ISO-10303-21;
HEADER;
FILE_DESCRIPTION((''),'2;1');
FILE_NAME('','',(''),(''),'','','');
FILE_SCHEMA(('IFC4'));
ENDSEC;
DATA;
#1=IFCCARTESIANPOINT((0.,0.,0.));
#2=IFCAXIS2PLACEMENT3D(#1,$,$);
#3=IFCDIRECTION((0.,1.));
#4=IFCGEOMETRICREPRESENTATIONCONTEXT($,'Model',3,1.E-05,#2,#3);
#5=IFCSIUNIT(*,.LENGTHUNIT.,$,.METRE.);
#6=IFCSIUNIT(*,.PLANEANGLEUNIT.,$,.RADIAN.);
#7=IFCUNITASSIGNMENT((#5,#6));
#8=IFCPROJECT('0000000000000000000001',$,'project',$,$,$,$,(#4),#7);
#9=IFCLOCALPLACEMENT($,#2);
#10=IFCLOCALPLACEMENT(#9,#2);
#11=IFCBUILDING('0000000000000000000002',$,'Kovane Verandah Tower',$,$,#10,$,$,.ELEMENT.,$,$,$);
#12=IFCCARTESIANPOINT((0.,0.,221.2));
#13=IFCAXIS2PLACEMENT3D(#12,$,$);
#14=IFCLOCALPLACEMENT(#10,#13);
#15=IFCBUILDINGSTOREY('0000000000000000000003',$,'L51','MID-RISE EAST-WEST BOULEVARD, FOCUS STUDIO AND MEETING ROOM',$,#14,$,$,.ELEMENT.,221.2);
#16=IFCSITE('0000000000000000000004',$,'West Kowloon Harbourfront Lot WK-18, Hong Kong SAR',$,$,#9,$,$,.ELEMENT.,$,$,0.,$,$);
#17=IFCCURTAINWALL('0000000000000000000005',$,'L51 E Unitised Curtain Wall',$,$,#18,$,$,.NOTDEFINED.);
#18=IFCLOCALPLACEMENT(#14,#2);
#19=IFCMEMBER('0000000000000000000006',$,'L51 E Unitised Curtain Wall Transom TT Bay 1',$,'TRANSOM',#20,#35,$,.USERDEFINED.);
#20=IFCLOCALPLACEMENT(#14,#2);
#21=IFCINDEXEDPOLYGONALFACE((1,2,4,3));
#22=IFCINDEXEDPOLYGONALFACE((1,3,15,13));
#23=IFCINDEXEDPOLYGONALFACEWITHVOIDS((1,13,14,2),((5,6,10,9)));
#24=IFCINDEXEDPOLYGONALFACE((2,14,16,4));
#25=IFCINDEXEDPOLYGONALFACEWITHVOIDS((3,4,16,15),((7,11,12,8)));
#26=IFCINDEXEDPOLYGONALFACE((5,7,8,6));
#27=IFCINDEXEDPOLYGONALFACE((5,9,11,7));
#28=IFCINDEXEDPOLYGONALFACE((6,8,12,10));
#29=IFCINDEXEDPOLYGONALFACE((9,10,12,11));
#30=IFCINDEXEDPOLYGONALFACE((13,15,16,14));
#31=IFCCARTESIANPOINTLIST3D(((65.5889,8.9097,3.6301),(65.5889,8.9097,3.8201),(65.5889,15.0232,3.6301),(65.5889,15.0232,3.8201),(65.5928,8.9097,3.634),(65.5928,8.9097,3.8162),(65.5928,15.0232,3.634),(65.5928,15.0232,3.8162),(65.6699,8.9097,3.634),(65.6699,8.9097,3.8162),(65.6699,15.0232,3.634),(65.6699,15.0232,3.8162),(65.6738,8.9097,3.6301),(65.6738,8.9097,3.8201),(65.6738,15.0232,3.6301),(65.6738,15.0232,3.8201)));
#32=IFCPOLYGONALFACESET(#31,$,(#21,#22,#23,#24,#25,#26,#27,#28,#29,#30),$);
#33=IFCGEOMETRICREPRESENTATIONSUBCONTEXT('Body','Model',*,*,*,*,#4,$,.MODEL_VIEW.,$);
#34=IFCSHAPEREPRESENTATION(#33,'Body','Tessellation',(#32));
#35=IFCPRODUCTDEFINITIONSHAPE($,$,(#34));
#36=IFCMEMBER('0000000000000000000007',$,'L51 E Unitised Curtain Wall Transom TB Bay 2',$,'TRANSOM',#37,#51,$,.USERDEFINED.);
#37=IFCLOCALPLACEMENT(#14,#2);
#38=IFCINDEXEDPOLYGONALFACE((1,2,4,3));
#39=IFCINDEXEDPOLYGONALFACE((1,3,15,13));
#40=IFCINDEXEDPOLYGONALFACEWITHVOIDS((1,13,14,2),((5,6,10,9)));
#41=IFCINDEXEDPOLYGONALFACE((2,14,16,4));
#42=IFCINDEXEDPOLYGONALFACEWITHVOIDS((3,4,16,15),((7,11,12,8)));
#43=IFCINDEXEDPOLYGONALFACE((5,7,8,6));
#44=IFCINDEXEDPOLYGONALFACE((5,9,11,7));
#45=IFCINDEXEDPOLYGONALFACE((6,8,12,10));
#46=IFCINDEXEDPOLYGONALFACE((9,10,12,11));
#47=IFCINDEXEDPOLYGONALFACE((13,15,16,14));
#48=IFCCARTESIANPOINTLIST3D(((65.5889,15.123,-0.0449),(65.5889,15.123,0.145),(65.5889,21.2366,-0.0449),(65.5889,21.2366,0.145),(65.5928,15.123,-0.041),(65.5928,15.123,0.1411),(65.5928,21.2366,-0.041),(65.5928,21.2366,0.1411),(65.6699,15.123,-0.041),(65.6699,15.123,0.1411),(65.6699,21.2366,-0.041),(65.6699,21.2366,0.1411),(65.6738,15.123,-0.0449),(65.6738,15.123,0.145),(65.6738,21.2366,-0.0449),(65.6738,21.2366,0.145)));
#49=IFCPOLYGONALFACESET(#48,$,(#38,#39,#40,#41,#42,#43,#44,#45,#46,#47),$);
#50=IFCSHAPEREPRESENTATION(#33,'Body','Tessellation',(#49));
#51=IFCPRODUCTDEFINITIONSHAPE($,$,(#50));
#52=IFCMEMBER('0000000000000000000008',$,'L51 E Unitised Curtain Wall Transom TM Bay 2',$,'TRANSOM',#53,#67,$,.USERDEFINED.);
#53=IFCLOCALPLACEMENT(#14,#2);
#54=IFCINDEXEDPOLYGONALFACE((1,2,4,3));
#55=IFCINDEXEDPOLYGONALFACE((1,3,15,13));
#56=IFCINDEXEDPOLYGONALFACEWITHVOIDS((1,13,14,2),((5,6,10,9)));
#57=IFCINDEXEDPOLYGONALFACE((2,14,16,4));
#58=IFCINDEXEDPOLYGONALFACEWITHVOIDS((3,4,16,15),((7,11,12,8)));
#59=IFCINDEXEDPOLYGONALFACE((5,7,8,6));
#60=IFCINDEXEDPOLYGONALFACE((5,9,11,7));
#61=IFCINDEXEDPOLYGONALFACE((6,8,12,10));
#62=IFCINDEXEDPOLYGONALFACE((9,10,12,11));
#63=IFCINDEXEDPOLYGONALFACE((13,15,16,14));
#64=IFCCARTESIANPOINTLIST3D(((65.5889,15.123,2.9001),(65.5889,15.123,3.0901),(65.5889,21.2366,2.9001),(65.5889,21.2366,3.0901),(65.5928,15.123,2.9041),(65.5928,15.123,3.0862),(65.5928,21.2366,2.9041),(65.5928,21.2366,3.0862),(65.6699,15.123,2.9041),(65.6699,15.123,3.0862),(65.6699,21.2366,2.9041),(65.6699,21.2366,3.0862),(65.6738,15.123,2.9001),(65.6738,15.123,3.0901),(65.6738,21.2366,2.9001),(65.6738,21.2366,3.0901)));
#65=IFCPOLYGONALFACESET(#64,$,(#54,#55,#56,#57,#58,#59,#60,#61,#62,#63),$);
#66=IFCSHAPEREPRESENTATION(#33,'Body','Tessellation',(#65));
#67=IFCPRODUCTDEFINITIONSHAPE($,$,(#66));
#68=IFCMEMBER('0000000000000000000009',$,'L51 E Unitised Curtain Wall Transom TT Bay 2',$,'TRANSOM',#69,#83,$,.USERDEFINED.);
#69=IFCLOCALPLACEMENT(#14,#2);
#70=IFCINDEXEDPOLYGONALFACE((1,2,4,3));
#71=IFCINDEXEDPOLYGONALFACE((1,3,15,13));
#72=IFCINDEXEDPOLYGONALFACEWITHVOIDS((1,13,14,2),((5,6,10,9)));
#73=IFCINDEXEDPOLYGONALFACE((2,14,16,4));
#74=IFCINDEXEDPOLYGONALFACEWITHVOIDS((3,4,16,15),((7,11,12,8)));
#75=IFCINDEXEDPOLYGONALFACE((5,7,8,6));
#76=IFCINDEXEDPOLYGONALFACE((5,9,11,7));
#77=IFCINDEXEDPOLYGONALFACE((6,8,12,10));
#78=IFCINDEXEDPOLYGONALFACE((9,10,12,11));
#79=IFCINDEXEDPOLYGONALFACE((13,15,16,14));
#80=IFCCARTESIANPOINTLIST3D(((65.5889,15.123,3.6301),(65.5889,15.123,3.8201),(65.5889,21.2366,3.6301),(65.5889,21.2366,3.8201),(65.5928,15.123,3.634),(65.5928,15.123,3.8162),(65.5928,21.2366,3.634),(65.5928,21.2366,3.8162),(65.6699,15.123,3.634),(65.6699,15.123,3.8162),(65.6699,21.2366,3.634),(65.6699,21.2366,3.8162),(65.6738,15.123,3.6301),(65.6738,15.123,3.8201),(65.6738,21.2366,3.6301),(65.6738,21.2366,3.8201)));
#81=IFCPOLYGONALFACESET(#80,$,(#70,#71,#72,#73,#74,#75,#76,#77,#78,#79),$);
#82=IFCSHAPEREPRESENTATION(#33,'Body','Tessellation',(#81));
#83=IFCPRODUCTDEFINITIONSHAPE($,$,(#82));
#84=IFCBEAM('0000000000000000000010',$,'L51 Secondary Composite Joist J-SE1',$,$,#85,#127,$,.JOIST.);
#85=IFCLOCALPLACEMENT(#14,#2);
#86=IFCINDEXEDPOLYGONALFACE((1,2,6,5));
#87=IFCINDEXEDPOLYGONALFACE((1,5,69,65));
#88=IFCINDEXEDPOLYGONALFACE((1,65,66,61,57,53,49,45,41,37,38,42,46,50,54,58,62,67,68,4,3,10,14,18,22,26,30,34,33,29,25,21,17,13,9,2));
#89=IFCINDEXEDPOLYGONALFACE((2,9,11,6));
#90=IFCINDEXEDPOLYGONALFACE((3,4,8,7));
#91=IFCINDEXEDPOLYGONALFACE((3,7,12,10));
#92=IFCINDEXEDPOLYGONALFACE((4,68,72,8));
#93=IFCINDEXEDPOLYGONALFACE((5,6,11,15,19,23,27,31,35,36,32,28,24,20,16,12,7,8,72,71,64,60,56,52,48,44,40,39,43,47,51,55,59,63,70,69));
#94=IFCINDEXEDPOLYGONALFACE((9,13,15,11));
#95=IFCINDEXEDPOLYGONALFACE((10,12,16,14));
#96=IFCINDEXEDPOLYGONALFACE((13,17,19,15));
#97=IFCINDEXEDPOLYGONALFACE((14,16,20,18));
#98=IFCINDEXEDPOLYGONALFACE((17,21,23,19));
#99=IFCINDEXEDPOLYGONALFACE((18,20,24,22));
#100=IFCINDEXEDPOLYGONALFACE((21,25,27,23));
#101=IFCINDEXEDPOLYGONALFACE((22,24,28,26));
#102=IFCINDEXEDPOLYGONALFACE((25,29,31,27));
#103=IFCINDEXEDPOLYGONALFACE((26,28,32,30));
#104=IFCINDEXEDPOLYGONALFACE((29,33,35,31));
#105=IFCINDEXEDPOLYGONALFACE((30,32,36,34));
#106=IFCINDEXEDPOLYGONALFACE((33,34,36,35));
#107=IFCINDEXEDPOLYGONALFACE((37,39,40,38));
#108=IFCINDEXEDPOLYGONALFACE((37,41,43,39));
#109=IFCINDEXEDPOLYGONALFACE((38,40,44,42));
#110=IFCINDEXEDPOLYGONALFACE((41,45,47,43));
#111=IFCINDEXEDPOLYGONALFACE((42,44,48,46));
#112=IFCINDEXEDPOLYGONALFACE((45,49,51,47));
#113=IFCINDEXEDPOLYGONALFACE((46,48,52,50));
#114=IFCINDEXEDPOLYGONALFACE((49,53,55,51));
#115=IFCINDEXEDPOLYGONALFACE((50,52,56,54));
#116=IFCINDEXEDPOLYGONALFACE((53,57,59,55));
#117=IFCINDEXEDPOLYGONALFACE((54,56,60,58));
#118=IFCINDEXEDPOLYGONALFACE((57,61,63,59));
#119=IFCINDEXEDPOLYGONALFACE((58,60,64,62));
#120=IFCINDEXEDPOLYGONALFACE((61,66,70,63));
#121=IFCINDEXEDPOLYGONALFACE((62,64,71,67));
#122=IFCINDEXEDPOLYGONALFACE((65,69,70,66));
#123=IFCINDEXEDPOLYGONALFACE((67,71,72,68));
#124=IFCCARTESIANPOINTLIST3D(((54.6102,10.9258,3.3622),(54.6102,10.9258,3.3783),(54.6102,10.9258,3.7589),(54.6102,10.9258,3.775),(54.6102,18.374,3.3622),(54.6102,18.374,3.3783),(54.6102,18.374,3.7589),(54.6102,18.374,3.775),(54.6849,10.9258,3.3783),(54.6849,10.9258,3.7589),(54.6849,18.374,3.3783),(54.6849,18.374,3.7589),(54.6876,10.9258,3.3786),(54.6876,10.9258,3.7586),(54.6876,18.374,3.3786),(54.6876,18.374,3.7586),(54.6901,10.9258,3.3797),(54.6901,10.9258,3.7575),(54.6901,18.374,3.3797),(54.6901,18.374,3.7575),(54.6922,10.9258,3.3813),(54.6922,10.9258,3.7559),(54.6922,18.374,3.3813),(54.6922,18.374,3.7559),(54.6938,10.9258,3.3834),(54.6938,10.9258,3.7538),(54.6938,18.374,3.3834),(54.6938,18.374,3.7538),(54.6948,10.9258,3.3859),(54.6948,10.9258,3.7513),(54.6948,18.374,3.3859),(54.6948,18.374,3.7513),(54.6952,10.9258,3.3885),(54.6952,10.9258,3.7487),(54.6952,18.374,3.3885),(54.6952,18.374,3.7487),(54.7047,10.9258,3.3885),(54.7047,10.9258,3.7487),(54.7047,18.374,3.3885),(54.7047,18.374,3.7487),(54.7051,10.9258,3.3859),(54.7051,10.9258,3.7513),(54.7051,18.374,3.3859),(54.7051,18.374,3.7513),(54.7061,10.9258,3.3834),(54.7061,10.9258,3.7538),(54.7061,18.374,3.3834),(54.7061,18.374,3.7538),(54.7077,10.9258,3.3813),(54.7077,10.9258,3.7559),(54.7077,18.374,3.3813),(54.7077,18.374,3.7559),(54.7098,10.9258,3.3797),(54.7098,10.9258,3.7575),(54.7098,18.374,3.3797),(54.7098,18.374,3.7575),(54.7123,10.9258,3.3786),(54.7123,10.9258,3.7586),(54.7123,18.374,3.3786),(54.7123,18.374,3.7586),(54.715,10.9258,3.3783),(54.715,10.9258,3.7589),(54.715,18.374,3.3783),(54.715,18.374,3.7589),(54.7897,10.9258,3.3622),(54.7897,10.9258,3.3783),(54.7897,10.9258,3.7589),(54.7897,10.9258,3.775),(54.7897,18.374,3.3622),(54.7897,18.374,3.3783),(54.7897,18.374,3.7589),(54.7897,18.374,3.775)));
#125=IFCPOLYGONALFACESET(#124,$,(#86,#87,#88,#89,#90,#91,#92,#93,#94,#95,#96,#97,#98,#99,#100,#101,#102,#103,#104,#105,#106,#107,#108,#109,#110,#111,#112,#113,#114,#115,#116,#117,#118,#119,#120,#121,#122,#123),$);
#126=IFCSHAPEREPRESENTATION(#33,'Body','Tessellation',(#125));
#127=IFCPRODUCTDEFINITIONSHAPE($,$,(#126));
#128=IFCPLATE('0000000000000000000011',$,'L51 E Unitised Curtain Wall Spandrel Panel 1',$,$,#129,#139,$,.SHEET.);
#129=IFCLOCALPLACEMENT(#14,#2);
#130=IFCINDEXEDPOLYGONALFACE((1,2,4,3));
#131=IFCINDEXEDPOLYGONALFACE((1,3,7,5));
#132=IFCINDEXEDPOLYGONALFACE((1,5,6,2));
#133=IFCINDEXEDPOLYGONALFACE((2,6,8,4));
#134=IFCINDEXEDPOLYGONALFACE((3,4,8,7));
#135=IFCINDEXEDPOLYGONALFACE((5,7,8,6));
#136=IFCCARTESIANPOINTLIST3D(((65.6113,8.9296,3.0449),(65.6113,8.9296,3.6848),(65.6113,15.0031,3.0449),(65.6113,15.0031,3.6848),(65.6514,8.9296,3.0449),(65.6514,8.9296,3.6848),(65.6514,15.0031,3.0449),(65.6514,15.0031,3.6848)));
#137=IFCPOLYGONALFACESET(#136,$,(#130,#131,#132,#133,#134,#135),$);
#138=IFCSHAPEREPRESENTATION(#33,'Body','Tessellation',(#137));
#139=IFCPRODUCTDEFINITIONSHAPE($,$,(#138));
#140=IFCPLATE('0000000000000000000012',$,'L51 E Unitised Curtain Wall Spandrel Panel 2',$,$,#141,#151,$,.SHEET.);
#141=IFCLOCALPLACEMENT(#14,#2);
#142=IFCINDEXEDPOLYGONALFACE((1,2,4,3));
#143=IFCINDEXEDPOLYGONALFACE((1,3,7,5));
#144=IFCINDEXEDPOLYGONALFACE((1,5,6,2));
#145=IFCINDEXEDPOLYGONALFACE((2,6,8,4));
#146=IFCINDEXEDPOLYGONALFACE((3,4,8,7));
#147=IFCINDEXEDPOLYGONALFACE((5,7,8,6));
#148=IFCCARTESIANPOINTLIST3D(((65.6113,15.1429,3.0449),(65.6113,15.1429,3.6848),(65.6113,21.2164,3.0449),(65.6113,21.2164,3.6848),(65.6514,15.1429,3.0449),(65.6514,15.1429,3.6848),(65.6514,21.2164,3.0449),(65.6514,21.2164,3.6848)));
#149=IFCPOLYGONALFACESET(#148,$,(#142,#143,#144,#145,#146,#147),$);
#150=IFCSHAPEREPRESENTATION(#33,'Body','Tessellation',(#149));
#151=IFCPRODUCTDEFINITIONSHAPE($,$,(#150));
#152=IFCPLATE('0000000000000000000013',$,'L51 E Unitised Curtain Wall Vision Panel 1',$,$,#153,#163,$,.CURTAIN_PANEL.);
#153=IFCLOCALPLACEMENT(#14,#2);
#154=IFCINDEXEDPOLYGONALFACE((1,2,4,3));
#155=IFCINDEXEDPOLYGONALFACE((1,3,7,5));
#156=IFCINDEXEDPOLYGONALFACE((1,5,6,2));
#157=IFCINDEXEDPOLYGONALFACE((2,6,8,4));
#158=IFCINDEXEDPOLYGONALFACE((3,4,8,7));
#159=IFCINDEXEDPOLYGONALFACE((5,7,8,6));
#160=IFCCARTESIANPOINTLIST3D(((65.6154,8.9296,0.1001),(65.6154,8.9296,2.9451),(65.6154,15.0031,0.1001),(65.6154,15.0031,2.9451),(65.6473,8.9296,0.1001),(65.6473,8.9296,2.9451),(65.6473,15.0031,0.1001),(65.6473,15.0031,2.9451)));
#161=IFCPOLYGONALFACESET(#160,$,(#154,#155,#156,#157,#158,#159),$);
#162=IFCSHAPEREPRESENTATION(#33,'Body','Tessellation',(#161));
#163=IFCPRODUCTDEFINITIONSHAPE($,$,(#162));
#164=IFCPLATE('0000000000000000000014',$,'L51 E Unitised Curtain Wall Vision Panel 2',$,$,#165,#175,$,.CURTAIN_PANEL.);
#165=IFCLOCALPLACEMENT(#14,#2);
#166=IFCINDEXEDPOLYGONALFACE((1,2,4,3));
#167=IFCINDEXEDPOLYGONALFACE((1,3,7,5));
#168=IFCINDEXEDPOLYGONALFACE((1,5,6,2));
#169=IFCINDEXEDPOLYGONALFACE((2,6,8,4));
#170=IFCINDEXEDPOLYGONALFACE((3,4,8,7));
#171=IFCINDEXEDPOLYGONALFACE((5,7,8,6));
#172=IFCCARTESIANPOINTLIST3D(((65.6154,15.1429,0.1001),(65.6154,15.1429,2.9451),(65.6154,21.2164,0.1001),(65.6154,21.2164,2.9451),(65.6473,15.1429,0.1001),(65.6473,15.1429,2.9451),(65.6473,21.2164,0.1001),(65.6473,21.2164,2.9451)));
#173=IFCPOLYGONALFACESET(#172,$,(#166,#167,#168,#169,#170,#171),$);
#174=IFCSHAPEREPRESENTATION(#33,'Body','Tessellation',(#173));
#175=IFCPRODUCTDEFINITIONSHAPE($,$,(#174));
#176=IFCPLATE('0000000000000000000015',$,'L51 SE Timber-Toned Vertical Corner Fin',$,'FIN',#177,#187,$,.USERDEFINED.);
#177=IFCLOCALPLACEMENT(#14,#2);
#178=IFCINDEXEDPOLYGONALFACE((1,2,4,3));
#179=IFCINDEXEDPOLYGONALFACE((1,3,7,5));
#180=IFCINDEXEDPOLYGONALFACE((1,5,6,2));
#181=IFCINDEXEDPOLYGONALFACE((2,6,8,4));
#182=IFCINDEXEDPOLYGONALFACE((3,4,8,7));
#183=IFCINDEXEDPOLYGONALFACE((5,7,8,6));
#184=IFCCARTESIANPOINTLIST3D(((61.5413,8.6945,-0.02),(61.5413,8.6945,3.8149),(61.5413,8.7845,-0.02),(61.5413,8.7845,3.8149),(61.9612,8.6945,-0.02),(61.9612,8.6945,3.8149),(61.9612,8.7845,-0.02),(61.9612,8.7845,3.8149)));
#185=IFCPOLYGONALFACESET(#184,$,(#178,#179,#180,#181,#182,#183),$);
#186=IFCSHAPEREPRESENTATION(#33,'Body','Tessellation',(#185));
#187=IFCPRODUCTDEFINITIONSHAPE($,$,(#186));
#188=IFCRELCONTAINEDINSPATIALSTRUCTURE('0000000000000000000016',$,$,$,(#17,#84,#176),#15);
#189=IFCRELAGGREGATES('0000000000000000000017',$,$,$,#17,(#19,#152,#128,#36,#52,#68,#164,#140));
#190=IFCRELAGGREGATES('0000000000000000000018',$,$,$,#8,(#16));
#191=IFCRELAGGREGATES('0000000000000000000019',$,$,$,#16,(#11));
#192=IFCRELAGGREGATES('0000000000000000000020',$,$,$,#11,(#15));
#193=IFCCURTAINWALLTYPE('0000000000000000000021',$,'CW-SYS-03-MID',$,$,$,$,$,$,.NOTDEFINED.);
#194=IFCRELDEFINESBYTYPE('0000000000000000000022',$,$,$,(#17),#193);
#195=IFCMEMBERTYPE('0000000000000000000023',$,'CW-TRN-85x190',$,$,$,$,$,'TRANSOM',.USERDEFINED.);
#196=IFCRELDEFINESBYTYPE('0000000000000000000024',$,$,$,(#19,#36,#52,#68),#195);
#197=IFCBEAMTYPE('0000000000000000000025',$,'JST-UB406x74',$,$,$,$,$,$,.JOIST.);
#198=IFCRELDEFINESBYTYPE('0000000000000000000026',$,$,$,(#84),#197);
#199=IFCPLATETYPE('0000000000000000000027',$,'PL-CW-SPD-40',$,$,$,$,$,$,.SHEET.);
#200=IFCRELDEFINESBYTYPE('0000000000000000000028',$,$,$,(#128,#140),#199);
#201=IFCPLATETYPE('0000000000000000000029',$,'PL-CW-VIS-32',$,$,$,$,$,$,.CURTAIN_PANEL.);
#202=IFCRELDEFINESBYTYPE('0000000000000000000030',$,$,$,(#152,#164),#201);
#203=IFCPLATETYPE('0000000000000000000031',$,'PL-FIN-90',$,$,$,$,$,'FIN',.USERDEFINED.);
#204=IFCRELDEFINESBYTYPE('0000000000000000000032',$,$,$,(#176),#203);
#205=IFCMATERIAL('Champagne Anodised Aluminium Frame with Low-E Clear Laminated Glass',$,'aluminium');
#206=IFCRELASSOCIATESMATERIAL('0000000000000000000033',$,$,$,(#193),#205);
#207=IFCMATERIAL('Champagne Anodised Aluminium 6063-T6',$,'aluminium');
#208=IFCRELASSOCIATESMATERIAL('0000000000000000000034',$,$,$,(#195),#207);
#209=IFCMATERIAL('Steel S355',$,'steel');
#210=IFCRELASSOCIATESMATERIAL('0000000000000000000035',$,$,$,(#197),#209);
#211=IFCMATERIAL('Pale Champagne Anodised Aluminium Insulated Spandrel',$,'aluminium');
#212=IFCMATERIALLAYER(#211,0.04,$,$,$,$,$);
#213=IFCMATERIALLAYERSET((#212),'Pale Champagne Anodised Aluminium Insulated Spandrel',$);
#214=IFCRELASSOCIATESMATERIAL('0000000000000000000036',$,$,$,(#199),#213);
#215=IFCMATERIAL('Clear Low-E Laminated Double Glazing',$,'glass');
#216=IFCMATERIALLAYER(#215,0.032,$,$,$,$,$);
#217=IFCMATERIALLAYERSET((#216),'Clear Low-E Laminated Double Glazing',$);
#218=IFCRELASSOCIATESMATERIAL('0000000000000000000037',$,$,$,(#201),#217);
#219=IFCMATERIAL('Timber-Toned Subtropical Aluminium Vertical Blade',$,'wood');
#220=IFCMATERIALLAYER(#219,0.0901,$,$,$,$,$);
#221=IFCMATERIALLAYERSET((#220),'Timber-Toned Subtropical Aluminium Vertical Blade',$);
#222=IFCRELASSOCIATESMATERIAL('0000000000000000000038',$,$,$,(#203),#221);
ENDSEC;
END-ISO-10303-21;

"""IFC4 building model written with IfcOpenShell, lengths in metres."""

from ifc_helpers import new_model, si_unit, direction, frame, origin, origin_2d, place, context, subcontext, project, spatial, rectangle, hollow_rectangle, i_section, extrude, material, layer, layer_set, material_profile, profile_set, type_object, element, aggregate, save


model = new_model("IFC4")

# Units and contexts
model_context = context("Model", 3, precision=1e-05, world=origin(), true_north=direction((0.0, 1.0)))
body_context = subcontext(model_context, "Body", "Model", "MODEL_VIEW")
ifc_project = project(units=[si_unit("LENGTHUNIT", "METRE"), si_unit("PLANEANGLEUNIT", "RADIAN")], contexts=[model_context])

# Site, building, storey
site_placement = place(None, origin())
site = spatial("IfcSite", under=ifc_project, at=site_placement, Name="West Kowloon Harbourfront Lot WK-18, Hong Kong SAR", CompositionType="ELEMENT", RefElevation=0.0)
building_placement = place(site_placement, origin())
building = spatial("IfcBuilding", under=site, at=building_placement, Name="Kovane Verandah Tower", CompositionType="ELEMENT")
storey_placement = place(building_placement, frame((0.0, 0.0, 221.2)))
storey = spatial("IfcBuildingStorey", under=building, at=storey_placement, Name="L51", Description="MID-RISE EAST-WEST BOULEVARD, FOCUS STUDIO AND MEETING ROOM", CompositionType="ELEMENT", Elevation=221.2)

# Shared definitions
ifc_material_1 = material(Name="Steel S355", Category="steel")

# Curtain wall, members
ifc_material_2 = material(Name="Champagne Anodised Aluminium Frame with Low-E Clear Laminated Glass", Category="aluminium")
curtain_wall_type = type_object("IfcCurtainWallType", Name="CW-SYS-03-MID", PredefinedType="NOTDEFINED", material=ifc_material_2)
curtain_wall_placement = place(storey_placement, origin())
curtain_wall = element("IfcCurtainWall", 1, at=curtain_wall_placement, inside=storey, type_object=curtain_wall_type, Name="L51 E Unitised Curtain Wall", PredefinedType="NOTDEFINED")
ifc_material_3 = material(Name="Champagne Anodised Aluminium 6063-T6", Category="aluminium")
ifc_material_profile_1 = material_profile(ifc_material_3, hollow_rectangle(XDim=0.085, YDim=0.1899, WallThickness=0.0039, at=origin_2d()), Name="AL85x190x4")
ifc_profile_set_1 = profile_set([ifc_material_profile_1], Name="Champagne Anodised Aluminium 6063-T6")
member_type_1 = type_object("IfcMemberType", Name="CW-TRN-85x190", ElementType="TRANSOM", PredefinedType="USERDEFINED", material=ifc_profile_set_1)
member_1_placement = place(storey_placement, frame((65.6313, 8.9097, 3.7251), z_axis=(0.0, 1.0, 0.0), x_axis=(-1.0, 0.0, 0.0)))
member_1 = element("IfcMember", 2, at=member_1_placement, type_object=member_type_1, Name="L51 E Unitised Curtain Wall Transom TT Bay 1", ObjectType="TRANSOM", PredefinedType="USERDEFINED", context=body_context, shape_type="SweptSolid", body=[
    extrude(hollow_rectangle(XDim=0.085, YDim=0.1899, WallThickness=0.0039, at=origin_2d()), origin(), (0.0, 0.0, 1.0), 6.1135),
])
member_2_placement = place(storey_placement, frame((65.6313, 15.123, 0.05), z_axis=(0.0, 1.0, 0.0), x_axis=(-1.0, 0.0, 0.0)))
member_2 = element("IfcMember", 3, at=member_2_placement, type_object=member_type_1, Name="L51 E Unitised Curtain Wall Transom TB Bay 2", ObjectType="TRANSOM", PredefinedType="USERDEFINED", context=body_context, shape_type="SweptSolid", body=[
    extrude(hollow_rectangle(XDim=0.085, YDim=0.1899, WallThickness=0.0039, at=origin_2d()), origin(), (0.0, 0.0, 1.0), 6.1135),
])
member_3_placement = place(storey_placement, frame((65.6313, 15.123, 2.9951), z_axis=(0.0, 1.0, 0.0), x_axis=(-1.0, 0.0, 0.0)))
member_3 = element("IfcMember", 4, at=member_3_placement, type_object=member_type_1, Name="L51 E Unitised Curtain Wall Transom TM Bay 2", ObjectType="TRANSOM", PredefinedType="USERDEFINED", context=body_context, shape_type="SweptSolid", body=[
    extrude(hollow_rectangle(XDim=0.085, YDim=0.1899, WallThickness=0.0039, at=origin_2d()), origin(), (0.0, 0.0, 1.0), 6.1135),
])
member_4_placement = place(storey_placement, frame((65.6313, 15.123, 3.7251), z_axis=(0.0, 1.0, 0.0), x_axis=(-1.0, 0.0, 0.0)))
member_4 = element("IfcMember", 5, at=member_4_placement, type_object=member_type_1, Name="L51 E Unitised Curtain Wall Transom TT Bay 2", ObjectType="TRANSOM", PredefinedType="USERDEFINED", context=body_context, shape_type="SweptSolid", body=[
    extrude(hollow_rectangle(XDim=0.085, YDim=0.1899, WallThickness=0.0039, at=origin_2d()), origin(), (0.0, 0.0, 1.0), 6.1135),
])

# Beam
ifc_material_profile_2 = material_profile(ifc_material_1, i_section(OverallWidth=0.1794, OverallDepth=0.4128, WebThickness=0.0095, FlangeThickness=0.0161, FilletRadius=0.0103, at=origin_2d()), Name="UB406x178x74")
ifc_profile_set_2 = profile_set([ifc_material_profile_2], Name="Steel S355")
beam_type_1 = type_object("IfcBeamType", Name="JST-UB406x74", PredefinedType="JOIST", material=ifc_profile_set_2)
beam_1_placement = place(storey_placement, frame((54.7, 10.9258, 3.5686), z_axis=(0.0, 1.0, 0.0), x_axis=(-1.0, 0.0, 0.0)))
element("IfcBeam", 6, at=beam_1_placement, inside=storey, type_object=beam_type_1, Name="L51 Secondary Composite Joist J-SE1", PredefinedType="JOIST", context=body_context, shape_type="SweptSolid", body=[
    extrude(i_section(OverallWidth=0.1794, OverallDepth=0.4128, WebThickness=0.0095, FlangeThickness=0.0161, FilletRadius=0.0103, at=origin_2d()), origin(), (0.0, 0.0, 1.0), 7.4482),
])

# Plates
ifc_material_4 = material(Name="Pale Champagne Anodised Aluminium Insulated Spandrel", Category="aluminium")
ifc_layer_1 = layer(ifc_material_4, 0.04)
ifc_layer_set_1 = layer_set([ifc_layer_1], Name="Pale Champagne Anodised Aluminium Insulated Spandrel")
plate_type_1 = type_object("IfcPlateType", Name="PL-CW-SPD-40", PredefinedType="SHEET", material=ifc_layer_set_1)
plate_1_placement = place(storey_placement, frame((65.6313, 11.9663, 3.0449), z_axis=(0.0, 0.0, 1.0), x_axis=(0.0, 1.0, 0.0)))
plate_1 = element("IfcPlate", 7, at=plate_1_placement, type_object=plate_type_1, Name="L51 E Unitised Curtain Wall Spandrel Panel 1", PredefinedType="SHEET", context=body_context, shape_type="SweptSolid", body=[
    extrude(rectangle(XDim=6.0735, YDim=0.04, at=origin_2d()), origin(), (0.0, 0.0, 1.0), 0.6399),
])
plate_2_placement = place(storey_placement, frame((65.6313, 18.1797, 3.0449), z_axis=(0.0, 0.0, 1.0), x_axis=(0.0, 1.0, 0.0)))
plate_2 = element("IfcPlate", 8, at=plate_2_placement, type_object=plate_type_1, Name="L51 E Unitised Curtain Wall Spandrel Panel 2", PredefinedType="SHEET", context=body_context, shape_type="SweptSolid", body=[
    extrude(rectangle(XDim=6.0735, YDim=0.04, at=origin_2d()), origin(), (0.0, 0.0, 1.0), 0.6399),
])
ifc_material_5 = material(Name="Clear Low-E Laminated Double Glazing", Category="glass")
ifc_layer_2 = layer(ifc_material_5, 0.032)
ifc_layer_set_2 = layer_set([ifc_layer_2], Name="Clear Low-E Laminated Double Glazing")
plate_type_2 = type_object("IfcPlateType", Name="PL-CW-VIS-32", PredefinedType="CURTAIN_PANEL", material=ifc_layer_set_2)
plate_3_placement = place(storey_placement, frame((65.6313, 11.9663, 0.1001), z_axis=(0.0, 0.0, 1.0), x_axis=(0.0, 1.0, 0.0)))
plate_3 = element("IfcPlate", 9, at=plate_3_placement, type_object=plate_type_2, Name="L51 E Unitised Curtain Wall Vision Panel 1", PredefinedType="CURTAIN_PANEL", context=body_context, shape_type="SweptSolid", body=[
    extrude(rectangle(XDim=6.0735, YDim=0.032, at=origin_2d()), origin(), (0.0, 0.0, 1.0), 2.845),
])
plate_4_placement = place(storey_placement, frame((65.6313, 18.1797, 0.1001), z_axis=(0.0, 0.0, 1.0), x_axis=(0.0, 1.0, 0.0)))
plate_4 = element("IfcPlate", 10, at=plate_4_placement, type_object=plate_type_2, Name="L51 E Unitised Curtain Wall Vision Panel 2", PredefinedType="CURTAIN_PANEL", context=body_context, shape_type="SweptSolid", body=[
    extrude(rectangle(XDim=6.0735, YDim=0.032, at=origin_2d()), origin(), (0.0, 0.0, 1.0), 2.845),
])
aggregate(curtain_wall, [member_1, plate_3, plate_1, member_2, member_3, member_4, plate_4, plate_2])
ifc_material_6 = material(Name="Timber-Toned Subtropical Aluminium Vertical Blade", Category="wood")
ifc_layer_3 = layer(ifc_material_6, 0.0901)
ifc_layer_set_3 = layer_set([ifc_layer_3], Name="Timber-Toned Subtropical Aluminium Vertical Blade")
plate_type_3 = type_object("IfcPlateType", Name="PL-FIN-90", ElementType="FIN", PredefinedType="USERDEFINED", material=ifc_layer_set_3)
plate_5_placement = place(storey_placement, frame((61.7512, 8.7395, -0.02), z_axis=(0.0, 0.0, 1.0), x_axis=(1.0, 0.0, 0.0)))
element("IfcPlate", 11, at=plate_5_placement, inside=storey, type_object=plate_type_3, Name="L51 SE Timber-Toned Vertical Corner Fin", ObjectType="FIN", PredefinedType="USERDEFINED", context=body_context, shape_type="SweptSolid", body=[
    extrude(rectangle(XDim=0.4199, YDim=0.0901, at=origin_2d()), origin(), (0.0, 0.0, 1.0), 3.835),
])

save(model, "model.ifc")
